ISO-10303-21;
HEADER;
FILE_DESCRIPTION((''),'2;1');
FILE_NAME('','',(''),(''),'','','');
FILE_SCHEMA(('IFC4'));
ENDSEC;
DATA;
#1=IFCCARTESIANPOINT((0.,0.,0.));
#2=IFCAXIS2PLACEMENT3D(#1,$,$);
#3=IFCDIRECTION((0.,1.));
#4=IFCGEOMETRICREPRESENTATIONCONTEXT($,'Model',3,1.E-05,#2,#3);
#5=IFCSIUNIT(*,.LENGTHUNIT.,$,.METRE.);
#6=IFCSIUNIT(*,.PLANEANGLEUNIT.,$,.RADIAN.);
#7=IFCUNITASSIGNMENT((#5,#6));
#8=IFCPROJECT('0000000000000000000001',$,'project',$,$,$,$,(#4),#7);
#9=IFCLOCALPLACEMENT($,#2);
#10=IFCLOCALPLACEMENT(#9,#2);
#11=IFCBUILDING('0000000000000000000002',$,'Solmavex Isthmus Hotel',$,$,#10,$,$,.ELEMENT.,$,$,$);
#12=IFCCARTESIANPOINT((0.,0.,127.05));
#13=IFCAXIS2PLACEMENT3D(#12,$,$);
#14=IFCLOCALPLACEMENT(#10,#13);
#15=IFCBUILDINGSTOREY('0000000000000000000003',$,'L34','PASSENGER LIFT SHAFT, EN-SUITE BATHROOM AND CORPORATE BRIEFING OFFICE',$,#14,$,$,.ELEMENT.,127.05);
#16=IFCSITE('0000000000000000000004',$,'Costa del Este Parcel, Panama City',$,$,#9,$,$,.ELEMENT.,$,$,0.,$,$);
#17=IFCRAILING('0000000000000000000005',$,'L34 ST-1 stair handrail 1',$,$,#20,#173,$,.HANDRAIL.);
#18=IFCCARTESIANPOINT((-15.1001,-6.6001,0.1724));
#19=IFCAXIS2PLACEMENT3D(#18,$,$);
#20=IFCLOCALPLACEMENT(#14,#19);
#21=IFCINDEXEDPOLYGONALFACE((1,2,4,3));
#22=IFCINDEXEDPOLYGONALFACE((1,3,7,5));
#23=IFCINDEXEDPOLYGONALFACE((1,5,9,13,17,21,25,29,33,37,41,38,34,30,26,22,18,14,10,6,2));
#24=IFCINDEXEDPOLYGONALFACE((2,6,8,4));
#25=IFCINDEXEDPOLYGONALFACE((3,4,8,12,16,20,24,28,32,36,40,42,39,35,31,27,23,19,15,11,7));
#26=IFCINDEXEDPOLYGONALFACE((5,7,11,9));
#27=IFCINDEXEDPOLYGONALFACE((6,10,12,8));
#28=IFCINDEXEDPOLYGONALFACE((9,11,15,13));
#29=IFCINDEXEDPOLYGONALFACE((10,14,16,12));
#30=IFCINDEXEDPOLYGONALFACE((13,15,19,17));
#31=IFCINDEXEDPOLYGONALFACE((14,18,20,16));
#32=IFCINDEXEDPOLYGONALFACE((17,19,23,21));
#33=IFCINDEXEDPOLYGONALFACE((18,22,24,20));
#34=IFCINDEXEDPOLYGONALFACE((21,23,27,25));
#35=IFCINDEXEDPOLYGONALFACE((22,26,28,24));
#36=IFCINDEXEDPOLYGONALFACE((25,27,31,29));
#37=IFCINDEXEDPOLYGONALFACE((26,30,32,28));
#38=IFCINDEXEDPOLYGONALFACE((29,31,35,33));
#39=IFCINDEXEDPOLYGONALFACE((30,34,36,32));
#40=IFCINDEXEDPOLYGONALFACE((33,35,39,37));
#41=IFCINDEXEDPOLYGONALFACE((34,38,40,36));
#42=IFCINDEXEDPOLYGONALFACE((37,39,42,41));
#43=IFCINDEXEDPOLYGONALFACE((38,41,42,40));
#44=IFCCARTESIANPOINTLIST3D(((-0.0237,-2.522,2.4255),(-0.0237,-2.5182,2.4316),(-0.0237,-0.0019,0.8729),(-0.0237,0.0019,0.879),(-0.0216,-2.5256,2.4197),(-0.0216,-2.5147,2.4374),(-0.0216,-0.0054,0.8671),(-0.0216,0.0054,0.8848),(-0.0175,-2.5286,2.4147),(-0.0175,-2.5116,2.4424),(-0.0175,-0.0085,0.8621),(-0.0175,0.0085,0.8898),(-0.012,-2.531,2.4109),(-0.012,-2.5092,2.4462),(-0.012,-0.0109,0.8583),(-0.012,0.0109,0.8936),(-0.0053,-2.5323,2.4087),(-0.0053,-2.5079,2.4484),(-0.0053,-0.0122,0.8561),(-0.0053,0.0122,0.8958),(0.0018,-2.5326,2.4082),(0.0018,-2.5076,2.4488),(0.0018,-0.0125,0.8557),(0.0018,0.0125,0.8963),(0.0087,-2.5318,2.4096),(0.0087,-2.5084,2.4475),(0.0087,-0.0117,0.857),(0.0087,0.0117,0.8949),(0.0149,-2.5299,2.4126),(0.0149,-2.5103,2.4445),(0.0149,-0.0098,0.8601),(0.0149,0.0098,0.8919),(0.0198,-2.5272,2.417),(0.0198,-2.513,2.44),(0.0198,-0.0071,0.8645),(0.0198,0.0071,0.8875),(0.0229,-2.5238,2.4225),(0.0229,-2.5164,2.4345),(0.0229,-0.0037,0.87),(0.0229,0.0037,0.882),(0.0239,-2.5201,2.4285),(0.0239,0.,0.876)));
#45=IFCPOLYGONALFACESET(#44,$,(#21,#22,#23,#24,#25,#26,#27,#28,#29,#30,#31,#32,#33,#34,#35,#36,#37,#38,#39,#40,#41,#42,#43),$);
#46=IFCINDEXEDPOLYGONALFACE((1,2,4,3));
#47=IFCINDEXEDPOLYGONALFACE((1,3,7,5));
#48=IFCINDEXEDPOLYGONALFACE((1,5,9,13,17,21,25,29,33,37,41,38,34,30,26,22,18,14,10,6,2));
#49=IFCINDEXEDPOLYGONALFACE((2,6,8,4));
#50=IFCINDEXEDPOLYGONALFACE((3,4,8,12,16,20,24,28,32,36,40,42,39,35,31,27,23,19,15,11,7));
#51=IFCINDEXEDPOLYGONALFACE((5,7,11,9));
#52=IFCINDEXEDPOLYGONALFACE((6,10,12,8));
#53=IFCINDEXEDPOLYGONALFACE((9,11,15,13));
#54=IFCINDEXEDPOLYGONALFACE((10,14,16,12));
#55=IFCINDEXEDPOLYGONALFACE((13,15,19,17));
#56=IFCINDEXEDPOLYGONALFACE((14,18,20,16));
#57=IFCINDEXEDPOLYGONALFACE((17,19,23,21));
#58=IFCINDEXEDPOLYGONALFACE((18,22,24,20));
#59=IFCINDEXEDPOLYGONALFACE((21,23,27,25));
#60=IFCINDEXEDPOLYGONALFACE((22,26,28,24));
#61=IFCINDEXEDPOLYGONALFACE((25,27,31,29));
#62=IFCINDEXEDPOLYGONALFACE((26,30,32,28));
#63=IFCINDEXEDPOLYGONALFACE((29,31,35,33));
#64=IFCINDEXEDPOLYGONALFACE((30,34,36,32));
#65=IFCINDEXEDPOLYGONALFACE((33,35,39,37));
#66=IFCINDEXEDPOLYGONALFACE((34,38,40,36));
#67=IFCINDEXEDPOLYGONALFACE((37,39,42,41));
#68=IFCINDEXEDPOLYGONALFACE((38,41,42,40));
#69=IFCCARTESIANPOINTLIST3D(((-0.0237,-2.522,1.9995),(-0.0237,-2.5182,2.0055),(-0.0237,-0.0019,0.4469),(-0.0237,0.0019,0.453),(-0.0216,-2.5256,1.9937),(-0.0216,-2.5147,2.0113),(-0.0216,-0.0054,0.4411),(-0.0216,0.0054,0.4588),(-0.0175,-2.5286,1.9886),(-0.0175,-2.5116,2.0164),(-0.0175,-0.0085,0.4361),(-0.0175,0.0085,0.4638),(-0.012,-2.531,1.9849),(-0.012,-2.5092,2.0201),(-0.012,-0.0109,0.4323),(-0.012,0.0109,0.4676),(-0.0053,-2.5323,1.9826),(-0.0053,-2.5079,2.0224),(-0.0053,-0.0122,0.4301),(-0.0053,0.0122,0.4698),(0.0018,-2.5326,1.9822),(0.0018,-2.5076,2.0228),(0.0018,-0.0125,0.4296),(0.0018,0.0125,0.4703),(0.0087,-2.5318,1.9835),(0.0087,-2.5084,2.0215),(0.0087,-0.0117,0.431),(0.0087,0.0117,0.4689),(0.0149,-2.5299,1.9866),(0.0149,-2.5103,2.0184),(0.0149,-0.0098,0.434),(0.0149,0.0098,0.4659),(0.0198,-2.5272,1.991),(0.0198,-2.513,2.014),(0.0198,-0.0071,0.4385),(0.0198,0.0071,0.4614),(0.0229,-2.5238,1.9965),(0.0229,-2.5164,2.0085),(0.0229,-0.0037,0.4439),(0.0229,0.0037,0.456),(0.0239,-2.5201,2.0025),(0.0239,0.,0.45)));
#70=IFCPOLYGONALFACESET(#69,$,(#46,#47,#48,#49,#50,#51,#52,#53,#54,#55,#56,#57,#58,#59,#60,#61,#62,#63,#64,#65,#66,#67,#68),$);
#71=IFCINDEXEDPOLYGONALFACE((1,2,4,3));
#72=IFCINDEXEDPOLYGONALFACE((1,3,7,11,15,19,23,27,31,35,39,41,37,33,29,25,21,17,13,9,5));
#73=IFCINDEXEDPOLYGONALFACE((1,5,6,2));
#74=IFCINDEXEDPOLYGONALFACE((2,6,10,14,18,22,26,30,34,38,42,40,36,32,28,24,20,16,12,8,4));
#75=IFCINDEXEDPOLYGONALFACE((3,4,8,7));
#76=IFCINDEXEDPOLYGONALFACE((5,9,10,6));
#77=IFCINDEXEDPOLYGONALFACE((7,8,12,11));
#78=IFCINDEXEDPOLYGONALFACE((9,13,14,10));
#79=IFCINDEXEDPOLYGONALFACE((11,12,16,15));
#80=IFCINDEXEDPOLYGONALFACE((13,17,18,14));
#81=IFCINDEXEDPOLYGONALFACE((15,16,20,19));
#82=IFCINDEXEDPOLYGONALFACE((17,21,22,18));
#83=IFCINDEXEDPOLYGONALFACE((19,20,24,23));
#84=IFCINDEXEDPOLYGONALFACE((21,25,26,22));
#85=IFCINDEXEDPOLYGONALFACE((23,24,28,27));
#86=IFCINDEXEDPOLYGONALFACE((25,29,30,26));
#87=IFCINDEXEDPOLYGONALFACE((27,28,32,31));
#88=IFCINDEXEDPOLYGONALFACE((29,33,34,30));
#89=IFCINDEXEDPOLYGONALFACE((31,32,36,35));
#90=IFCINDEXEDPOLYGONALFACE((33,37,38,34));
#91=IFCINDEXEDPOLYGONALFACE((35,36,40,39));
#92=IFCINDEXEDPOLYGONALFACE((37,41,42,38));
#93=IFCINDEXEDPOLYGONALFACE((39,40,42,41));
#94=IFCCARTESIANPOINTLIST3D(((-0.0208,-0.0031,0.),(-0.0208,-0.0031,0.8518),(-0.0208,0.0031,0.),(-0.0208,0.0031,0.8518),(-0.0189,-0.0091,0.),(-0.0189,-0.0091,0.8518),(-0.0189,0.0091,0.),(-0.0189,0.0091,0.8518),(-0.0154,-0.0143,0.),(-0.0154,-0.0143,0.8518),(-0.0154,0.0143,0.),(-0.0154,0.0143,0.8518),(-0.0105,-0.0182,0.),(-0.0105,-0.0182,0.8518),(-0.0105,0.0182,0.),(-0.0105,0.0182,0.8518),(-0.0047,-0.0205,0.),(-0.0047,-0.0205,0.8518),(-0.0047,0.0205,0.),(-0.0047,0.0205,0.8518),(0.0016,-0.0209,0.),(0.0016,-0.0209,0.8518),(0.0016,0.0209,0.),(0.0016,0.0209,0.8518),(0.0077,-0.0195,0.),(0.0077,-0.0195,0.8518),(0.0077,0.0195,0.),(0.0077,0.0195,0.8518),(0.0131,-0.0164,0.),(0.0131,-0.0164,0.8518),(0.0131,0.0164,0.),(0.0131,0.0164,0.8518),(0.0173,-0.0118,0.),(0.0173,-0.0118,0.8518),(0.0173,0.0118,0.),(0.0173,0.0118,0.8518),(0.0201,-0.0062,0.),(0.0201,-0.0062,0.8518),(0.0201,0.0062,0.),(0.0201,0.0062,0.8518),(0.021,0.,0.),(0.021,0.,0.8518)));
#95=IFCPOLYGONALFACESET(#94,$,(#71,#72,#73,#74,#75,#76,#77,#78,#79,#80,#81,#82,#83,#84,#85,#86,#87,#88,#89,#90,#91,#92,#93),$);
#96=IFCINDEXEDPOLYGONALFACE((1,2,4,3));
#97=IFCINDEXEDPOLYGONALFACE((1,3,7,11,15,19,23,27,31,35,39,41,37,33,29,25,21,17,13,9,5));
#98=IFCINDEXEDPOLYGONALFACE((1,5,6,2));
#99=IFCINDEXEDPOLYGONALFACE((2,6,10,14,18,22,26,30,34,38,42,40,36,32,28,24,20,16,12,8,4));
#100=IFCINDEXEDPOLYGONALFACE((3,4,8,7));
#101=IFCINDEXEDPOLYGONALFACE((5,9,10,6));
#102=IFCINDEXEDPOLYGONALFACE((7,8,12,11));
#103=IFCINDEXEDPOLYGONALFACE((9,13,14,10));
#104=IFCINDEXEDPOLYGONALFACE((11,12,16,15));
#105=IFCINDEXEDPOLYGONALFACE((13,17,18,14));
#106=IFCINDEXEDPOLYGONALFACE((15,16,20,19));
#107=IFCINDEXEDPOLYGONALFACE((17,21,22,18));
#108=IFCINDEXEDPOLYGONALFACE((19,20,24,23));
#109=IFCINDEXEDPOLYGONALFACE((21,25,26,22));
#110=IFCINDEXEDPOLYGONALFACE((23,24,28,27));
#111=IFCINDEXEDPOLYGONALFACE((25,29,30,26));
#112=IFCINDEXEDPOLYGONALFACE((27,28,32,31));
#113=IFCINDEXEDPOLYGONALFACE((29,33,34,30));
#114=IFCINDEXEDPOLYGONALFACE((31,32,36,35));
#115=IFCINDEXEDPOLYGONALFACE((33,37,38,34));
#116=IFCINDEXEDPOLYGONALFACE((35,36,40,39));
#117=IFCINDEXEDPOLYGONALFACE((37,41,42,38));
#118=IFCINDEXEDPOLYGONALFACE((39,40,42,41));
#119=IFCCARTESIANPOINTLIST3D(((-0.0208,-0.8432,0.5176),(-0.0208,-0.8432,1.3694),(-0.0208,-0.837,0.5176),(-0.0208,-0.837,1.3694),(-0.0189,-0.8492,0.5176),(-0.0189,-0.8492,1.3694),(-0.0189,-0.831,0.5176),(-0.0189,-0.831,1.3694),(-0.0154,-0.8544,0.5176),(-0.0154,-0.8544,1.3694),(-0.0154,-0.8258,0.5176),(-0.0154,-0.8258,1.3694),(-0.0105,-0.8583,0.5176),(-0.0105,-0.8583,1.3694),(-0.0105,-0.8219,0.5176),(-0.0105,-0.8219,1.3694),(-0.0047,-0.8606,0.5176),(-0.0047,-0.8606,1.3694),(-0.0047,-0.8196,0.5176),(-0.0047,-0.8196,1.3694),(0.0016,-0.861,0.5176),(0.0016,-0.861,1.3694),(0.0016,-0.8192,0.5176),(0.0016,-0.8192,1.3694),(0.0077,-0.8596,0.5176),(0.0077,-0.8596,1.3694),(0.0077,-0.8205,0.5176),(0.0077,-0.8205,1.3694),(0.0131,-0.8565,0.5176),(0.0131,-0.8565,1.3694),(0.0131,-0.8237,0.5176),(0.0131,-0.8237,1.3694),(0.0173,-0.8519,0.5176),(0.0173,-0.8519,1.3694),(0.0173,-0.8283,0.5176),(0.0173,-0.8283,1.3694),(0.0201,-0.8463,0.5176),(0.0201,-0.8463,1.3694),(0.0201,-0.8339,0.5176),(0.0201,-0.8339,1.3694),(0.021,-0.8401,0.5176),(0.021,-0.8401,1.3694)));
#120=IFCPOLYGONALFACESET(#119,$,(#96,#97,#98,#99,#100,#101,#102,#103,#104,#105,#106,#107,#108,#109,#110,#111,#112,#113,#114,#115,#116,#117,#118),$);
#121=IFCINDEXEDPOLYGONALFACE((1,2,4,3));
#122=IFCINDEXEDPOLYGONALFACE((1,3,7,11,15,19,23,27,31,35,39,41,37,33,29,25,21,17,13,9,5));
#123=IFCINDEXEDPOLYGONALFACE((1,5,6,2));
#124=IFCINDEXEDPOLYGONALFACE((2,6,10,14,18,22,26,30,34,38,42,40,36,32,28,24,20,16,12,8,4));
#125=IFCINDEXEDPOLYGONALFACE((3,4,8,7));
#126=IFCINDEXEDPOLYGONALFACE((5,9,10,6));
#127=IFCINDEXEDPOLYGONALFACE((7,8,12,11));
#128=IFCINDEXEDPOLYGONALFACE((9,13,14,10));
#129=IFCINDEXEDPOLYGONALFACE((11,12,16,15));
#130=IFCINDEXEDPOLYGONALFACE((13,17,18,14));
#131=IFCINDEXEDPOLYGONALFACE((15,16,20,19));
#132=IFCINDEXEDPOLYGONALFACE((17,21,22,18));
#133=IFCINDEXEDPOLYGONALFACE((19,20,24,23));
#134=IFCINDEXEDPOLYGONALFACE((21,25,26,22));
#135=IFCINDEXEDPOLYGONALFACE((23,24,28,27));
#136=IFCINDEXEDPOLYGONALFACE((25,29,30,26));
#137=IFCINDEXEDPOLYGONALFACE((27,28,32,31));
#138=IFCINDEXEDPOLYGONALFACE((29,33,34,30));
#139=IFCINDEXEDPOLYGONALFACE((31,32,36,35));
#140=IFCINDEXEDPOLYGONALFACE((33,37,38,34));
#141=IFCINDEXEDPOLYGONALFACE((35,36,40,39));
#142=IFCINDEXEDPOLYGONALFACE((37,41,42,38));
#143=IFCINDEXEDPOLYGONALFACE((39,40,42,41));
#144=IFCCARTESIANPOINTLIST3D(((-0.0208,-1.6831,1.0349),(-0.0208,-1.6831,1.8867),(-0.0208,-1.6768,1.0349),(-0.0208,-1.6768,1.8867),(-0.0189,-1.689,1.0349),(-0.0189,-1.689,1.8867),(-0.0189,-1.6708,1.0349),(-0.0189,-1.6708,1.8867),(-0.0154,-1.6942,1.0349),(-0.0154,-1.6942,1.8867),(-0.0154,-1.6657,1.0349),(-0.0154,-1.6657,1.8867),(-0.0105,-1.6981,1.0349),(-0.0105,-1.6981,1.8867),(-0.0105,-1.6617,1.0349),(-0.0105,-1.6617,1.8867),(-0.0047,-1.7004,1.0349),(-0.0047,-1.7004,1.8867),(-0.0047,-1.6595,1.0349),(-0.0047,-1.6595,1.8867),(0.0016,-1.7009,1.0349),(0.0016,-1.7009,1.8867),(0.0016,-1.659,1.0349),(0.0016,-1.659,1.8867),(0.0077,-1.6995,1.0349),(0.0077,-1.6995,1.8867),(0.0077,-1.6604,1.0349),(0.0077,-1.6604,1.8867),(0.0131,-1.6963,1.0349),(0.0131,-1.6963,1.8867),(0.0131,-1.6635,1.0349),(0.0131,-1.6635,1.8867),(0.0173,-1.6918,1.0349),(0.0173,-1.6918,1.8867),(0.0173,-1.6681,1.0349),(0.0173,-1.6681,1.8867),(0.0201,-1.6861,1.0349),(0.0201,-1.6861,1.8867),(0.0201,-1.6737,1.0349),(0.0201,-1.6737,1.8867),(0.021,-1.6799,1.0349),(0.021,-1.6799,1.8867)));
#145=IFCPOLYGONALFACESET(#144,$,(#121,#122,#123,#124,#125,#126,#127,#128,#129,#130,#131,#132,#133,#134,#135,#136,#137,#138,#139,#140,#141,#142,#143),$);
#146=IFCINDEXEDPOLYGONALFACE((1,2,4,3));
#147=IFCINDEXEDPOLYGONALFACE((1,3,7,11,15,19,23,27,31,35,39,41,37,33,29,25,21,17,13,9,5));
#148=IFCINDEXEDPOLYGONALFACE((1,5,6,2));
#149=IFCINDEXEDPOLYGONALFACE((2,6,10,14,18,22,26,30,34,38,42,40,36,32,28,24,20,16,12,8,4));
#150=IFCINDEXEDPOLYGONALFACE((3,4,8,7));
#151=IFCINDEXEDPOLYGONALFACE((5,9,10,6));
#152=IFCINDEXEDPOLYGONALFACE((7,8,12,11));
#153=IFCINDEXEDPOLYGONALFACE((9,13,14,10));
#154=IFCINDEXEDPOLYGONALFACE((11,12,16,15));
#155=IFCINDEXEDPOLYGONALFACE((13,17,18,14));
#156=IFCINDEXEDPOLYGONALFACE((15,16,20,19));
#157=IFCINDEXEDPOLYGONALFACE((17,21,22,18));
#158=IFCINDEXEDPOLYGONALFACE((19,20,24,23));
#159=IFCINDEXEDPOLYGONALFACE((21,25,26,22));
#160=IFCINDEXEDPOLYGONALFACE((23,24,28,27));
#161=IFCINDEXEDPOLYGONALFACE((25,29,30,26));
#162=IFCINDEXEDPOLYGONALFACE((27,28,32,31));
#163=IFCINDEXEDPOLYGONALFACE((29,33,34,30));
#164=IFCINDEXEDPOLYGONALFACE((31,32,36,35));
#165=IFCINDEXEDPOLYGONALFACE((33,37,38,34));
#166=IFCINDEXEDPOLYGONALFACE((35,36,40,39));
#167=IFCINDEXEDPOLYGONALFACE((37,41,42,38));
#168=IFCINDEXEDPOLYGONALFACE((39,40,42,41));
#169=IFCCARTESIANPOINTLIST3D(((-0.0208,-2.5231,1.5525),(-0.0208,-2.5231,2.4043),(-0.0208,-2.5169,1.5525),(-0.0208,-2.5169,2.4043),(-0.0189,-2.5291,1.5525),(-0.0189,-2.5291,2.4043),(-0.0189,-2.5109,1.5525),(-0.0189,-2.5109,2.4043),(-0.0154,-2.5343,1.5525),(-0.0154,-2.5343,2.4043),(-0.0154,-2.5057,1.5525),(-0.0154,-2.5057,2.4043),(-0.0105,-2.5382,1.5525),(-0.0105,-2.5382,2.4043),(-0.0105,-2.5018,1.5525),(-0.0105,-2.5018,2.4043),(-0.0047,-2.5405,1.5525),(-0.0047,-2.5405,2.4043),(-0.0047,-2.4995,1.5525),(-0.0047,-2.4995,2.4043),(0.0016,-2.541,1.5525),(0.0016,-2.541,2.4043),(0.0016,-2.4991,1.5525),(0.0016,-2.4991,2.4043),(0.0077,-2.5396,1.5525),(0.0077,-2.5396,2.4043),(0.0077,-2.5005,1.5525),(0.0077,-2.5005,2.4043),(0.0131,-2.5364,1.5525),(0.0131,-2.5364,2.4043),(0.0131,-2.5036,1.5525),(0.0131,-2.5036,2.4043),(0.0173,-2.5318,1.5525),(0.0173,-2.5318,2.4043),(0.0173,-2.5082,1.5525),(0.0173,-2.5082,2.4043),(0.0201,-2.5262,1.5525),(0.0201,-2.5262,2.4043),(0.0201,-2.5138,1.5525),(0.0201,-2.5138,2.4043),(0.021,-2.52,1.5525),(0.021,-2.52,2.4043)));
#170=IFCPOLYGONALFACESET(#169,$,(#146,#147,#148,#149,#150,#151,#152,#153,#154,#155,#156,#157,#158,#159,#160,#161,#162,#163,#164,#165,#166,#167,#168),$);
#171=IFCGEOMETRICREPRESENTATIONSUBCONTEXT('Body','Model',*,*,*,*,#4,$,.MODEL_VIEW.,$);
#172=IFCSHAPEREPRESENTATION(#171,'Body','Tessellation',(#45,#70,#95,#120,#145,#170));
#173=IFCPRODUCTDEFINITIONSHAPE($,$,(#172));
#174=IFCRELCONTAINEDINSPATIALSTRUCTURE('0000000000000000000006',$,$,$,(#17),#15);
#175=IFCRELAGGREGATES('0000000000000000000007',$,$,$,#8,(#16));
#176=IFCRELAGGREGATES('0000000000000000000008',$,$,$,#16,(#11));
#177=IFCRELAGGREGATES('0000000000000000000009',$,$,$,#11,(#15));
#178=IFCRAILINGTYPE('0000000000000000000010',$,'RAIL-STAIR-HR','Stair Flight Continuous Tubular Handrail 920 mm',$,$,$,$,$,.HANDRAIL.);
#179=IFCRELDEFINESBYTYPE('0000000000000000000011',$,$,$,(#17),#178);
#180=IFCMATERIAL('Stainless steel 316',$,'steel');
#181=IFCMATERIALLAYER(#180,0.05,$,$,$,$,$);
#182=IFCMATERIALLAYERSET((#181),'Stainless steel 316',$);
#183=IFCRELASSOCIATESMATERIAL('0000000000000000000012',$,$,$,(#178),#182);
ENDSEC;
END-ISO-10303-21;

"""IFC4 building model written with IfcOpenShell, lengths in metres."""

from ifc_helpers import new_model, si_unit, direction, frame, origin, origin_2d, place, context, subcontext, project, spatial, circle, extrude, material, layer, layer_set, type_object, element, save


model = new_model("IFC4")

# Units and contexts
model_context = context("Model", 3, precision=1e-05, world=origin(), true_north=direction((0.0, 1.0)))
body_context = subcontext(model_context, "Body", "Model", "MODEL_VIEW")
ifc_project = project(units=[si_unit("LENGTHUNIT", "METRE"), si_unit("PLANEANGLEUNIT", "RADIAN")], contexts=[model_context])

# Site, building, storey
site_placement = place(None, origin())
site = spatial("IfcSite", under=ifc_project, at=site_placement, Name="Costa del Este Parcel, Panama City", CompositionType="ELEMENT", RefElevation=0.0)
building_placement = place(site_placement, origin())
building = spatial("IfcBuilding", under=site, at=building_placement, Name="Solmavex Isthmus Hotel", CompositionType="ELEMENT")
storey_placement = place(building_placement, frame((0.0, 0.0, 127.05)))
storey = spatial("IfcBuildingStorey", under=building, at=storey_placement, Name="L34", Description="PASSENGER LIFT SHAFT, EN-SUITE BATHROOM AND CORPORATE BRIEFING OFFICE", CompositionType="ELEMENT", Elevation=127.05)

# Railing
ifc_material_1 = material(Name="Stainless steel 316", Category="steel")
ifc_layer_1 = layer(ifc_material_1, 0.05)
ifc_layer_set_1 = layer_set([ifc_layer_1], Name="Stainless steel 316")
railing_type_1 = type_object("IfcRailingType", Name="RAIL-STAIR-HR", Description="Stair Flight Continuous Tubular Handrail 920 mm", PredefinedType="HANDRAIL", material=ifc_layer_set_1)
railing_1_placement = place(storey_placement, frame((-15.1001, -6.6001, 0.1724)))
element("IfcRailing", 1, at=railing_1_placement, inside=storey, type_object=railing_type_1, Name="L34 ST-1 stair handrail 1", PredefinedType="HANDRAIL", context=body_context, shape_type="SweptSolid", body=[
    extrude(circle(Radius=0.0239, at=origin_2d()), frame((0.0, 0.0, 0.876), z_axis=(0.0, -0.8514, 0.524516), x_axis=(1.0, 0.0, 0.0)), (0.0, 0.0, 1.0), 2.96),
    extrude(circle(Radius=0.0239, at=origin_2d()), frame((0.0, 0.0, 0.45), z_axis=(0.0, -0.8514, 0.524516), x_axis=(1.0, 0.0, 0.0)), (0.0, 0.0, 1.0), 2.96),
    extrude(circle(Radius=0.021, at=origin_2d()), origin(), (0.0, 0.0, 1.0), 0.8518),
    extrude(circle(Radius=0.021, at=origin_2d()), frame((0.0, -0.8401, 0.5176)), (0.0, 0.0, 1.0), 0.8518),
    extrude(circle(Radius=0.021, at=origin_2d()), frame((0.0, -1.6799, 1.0349)), (0.0, 0.0, 1.0), 0.8518),
    extrude(circle(Radius=0.021, at=origin_2d()), frame((0.0, -2.52, 1.5525)), (0.0, 0.0, 1.0), 0.8518),
])

save(model, "model.ifc")
